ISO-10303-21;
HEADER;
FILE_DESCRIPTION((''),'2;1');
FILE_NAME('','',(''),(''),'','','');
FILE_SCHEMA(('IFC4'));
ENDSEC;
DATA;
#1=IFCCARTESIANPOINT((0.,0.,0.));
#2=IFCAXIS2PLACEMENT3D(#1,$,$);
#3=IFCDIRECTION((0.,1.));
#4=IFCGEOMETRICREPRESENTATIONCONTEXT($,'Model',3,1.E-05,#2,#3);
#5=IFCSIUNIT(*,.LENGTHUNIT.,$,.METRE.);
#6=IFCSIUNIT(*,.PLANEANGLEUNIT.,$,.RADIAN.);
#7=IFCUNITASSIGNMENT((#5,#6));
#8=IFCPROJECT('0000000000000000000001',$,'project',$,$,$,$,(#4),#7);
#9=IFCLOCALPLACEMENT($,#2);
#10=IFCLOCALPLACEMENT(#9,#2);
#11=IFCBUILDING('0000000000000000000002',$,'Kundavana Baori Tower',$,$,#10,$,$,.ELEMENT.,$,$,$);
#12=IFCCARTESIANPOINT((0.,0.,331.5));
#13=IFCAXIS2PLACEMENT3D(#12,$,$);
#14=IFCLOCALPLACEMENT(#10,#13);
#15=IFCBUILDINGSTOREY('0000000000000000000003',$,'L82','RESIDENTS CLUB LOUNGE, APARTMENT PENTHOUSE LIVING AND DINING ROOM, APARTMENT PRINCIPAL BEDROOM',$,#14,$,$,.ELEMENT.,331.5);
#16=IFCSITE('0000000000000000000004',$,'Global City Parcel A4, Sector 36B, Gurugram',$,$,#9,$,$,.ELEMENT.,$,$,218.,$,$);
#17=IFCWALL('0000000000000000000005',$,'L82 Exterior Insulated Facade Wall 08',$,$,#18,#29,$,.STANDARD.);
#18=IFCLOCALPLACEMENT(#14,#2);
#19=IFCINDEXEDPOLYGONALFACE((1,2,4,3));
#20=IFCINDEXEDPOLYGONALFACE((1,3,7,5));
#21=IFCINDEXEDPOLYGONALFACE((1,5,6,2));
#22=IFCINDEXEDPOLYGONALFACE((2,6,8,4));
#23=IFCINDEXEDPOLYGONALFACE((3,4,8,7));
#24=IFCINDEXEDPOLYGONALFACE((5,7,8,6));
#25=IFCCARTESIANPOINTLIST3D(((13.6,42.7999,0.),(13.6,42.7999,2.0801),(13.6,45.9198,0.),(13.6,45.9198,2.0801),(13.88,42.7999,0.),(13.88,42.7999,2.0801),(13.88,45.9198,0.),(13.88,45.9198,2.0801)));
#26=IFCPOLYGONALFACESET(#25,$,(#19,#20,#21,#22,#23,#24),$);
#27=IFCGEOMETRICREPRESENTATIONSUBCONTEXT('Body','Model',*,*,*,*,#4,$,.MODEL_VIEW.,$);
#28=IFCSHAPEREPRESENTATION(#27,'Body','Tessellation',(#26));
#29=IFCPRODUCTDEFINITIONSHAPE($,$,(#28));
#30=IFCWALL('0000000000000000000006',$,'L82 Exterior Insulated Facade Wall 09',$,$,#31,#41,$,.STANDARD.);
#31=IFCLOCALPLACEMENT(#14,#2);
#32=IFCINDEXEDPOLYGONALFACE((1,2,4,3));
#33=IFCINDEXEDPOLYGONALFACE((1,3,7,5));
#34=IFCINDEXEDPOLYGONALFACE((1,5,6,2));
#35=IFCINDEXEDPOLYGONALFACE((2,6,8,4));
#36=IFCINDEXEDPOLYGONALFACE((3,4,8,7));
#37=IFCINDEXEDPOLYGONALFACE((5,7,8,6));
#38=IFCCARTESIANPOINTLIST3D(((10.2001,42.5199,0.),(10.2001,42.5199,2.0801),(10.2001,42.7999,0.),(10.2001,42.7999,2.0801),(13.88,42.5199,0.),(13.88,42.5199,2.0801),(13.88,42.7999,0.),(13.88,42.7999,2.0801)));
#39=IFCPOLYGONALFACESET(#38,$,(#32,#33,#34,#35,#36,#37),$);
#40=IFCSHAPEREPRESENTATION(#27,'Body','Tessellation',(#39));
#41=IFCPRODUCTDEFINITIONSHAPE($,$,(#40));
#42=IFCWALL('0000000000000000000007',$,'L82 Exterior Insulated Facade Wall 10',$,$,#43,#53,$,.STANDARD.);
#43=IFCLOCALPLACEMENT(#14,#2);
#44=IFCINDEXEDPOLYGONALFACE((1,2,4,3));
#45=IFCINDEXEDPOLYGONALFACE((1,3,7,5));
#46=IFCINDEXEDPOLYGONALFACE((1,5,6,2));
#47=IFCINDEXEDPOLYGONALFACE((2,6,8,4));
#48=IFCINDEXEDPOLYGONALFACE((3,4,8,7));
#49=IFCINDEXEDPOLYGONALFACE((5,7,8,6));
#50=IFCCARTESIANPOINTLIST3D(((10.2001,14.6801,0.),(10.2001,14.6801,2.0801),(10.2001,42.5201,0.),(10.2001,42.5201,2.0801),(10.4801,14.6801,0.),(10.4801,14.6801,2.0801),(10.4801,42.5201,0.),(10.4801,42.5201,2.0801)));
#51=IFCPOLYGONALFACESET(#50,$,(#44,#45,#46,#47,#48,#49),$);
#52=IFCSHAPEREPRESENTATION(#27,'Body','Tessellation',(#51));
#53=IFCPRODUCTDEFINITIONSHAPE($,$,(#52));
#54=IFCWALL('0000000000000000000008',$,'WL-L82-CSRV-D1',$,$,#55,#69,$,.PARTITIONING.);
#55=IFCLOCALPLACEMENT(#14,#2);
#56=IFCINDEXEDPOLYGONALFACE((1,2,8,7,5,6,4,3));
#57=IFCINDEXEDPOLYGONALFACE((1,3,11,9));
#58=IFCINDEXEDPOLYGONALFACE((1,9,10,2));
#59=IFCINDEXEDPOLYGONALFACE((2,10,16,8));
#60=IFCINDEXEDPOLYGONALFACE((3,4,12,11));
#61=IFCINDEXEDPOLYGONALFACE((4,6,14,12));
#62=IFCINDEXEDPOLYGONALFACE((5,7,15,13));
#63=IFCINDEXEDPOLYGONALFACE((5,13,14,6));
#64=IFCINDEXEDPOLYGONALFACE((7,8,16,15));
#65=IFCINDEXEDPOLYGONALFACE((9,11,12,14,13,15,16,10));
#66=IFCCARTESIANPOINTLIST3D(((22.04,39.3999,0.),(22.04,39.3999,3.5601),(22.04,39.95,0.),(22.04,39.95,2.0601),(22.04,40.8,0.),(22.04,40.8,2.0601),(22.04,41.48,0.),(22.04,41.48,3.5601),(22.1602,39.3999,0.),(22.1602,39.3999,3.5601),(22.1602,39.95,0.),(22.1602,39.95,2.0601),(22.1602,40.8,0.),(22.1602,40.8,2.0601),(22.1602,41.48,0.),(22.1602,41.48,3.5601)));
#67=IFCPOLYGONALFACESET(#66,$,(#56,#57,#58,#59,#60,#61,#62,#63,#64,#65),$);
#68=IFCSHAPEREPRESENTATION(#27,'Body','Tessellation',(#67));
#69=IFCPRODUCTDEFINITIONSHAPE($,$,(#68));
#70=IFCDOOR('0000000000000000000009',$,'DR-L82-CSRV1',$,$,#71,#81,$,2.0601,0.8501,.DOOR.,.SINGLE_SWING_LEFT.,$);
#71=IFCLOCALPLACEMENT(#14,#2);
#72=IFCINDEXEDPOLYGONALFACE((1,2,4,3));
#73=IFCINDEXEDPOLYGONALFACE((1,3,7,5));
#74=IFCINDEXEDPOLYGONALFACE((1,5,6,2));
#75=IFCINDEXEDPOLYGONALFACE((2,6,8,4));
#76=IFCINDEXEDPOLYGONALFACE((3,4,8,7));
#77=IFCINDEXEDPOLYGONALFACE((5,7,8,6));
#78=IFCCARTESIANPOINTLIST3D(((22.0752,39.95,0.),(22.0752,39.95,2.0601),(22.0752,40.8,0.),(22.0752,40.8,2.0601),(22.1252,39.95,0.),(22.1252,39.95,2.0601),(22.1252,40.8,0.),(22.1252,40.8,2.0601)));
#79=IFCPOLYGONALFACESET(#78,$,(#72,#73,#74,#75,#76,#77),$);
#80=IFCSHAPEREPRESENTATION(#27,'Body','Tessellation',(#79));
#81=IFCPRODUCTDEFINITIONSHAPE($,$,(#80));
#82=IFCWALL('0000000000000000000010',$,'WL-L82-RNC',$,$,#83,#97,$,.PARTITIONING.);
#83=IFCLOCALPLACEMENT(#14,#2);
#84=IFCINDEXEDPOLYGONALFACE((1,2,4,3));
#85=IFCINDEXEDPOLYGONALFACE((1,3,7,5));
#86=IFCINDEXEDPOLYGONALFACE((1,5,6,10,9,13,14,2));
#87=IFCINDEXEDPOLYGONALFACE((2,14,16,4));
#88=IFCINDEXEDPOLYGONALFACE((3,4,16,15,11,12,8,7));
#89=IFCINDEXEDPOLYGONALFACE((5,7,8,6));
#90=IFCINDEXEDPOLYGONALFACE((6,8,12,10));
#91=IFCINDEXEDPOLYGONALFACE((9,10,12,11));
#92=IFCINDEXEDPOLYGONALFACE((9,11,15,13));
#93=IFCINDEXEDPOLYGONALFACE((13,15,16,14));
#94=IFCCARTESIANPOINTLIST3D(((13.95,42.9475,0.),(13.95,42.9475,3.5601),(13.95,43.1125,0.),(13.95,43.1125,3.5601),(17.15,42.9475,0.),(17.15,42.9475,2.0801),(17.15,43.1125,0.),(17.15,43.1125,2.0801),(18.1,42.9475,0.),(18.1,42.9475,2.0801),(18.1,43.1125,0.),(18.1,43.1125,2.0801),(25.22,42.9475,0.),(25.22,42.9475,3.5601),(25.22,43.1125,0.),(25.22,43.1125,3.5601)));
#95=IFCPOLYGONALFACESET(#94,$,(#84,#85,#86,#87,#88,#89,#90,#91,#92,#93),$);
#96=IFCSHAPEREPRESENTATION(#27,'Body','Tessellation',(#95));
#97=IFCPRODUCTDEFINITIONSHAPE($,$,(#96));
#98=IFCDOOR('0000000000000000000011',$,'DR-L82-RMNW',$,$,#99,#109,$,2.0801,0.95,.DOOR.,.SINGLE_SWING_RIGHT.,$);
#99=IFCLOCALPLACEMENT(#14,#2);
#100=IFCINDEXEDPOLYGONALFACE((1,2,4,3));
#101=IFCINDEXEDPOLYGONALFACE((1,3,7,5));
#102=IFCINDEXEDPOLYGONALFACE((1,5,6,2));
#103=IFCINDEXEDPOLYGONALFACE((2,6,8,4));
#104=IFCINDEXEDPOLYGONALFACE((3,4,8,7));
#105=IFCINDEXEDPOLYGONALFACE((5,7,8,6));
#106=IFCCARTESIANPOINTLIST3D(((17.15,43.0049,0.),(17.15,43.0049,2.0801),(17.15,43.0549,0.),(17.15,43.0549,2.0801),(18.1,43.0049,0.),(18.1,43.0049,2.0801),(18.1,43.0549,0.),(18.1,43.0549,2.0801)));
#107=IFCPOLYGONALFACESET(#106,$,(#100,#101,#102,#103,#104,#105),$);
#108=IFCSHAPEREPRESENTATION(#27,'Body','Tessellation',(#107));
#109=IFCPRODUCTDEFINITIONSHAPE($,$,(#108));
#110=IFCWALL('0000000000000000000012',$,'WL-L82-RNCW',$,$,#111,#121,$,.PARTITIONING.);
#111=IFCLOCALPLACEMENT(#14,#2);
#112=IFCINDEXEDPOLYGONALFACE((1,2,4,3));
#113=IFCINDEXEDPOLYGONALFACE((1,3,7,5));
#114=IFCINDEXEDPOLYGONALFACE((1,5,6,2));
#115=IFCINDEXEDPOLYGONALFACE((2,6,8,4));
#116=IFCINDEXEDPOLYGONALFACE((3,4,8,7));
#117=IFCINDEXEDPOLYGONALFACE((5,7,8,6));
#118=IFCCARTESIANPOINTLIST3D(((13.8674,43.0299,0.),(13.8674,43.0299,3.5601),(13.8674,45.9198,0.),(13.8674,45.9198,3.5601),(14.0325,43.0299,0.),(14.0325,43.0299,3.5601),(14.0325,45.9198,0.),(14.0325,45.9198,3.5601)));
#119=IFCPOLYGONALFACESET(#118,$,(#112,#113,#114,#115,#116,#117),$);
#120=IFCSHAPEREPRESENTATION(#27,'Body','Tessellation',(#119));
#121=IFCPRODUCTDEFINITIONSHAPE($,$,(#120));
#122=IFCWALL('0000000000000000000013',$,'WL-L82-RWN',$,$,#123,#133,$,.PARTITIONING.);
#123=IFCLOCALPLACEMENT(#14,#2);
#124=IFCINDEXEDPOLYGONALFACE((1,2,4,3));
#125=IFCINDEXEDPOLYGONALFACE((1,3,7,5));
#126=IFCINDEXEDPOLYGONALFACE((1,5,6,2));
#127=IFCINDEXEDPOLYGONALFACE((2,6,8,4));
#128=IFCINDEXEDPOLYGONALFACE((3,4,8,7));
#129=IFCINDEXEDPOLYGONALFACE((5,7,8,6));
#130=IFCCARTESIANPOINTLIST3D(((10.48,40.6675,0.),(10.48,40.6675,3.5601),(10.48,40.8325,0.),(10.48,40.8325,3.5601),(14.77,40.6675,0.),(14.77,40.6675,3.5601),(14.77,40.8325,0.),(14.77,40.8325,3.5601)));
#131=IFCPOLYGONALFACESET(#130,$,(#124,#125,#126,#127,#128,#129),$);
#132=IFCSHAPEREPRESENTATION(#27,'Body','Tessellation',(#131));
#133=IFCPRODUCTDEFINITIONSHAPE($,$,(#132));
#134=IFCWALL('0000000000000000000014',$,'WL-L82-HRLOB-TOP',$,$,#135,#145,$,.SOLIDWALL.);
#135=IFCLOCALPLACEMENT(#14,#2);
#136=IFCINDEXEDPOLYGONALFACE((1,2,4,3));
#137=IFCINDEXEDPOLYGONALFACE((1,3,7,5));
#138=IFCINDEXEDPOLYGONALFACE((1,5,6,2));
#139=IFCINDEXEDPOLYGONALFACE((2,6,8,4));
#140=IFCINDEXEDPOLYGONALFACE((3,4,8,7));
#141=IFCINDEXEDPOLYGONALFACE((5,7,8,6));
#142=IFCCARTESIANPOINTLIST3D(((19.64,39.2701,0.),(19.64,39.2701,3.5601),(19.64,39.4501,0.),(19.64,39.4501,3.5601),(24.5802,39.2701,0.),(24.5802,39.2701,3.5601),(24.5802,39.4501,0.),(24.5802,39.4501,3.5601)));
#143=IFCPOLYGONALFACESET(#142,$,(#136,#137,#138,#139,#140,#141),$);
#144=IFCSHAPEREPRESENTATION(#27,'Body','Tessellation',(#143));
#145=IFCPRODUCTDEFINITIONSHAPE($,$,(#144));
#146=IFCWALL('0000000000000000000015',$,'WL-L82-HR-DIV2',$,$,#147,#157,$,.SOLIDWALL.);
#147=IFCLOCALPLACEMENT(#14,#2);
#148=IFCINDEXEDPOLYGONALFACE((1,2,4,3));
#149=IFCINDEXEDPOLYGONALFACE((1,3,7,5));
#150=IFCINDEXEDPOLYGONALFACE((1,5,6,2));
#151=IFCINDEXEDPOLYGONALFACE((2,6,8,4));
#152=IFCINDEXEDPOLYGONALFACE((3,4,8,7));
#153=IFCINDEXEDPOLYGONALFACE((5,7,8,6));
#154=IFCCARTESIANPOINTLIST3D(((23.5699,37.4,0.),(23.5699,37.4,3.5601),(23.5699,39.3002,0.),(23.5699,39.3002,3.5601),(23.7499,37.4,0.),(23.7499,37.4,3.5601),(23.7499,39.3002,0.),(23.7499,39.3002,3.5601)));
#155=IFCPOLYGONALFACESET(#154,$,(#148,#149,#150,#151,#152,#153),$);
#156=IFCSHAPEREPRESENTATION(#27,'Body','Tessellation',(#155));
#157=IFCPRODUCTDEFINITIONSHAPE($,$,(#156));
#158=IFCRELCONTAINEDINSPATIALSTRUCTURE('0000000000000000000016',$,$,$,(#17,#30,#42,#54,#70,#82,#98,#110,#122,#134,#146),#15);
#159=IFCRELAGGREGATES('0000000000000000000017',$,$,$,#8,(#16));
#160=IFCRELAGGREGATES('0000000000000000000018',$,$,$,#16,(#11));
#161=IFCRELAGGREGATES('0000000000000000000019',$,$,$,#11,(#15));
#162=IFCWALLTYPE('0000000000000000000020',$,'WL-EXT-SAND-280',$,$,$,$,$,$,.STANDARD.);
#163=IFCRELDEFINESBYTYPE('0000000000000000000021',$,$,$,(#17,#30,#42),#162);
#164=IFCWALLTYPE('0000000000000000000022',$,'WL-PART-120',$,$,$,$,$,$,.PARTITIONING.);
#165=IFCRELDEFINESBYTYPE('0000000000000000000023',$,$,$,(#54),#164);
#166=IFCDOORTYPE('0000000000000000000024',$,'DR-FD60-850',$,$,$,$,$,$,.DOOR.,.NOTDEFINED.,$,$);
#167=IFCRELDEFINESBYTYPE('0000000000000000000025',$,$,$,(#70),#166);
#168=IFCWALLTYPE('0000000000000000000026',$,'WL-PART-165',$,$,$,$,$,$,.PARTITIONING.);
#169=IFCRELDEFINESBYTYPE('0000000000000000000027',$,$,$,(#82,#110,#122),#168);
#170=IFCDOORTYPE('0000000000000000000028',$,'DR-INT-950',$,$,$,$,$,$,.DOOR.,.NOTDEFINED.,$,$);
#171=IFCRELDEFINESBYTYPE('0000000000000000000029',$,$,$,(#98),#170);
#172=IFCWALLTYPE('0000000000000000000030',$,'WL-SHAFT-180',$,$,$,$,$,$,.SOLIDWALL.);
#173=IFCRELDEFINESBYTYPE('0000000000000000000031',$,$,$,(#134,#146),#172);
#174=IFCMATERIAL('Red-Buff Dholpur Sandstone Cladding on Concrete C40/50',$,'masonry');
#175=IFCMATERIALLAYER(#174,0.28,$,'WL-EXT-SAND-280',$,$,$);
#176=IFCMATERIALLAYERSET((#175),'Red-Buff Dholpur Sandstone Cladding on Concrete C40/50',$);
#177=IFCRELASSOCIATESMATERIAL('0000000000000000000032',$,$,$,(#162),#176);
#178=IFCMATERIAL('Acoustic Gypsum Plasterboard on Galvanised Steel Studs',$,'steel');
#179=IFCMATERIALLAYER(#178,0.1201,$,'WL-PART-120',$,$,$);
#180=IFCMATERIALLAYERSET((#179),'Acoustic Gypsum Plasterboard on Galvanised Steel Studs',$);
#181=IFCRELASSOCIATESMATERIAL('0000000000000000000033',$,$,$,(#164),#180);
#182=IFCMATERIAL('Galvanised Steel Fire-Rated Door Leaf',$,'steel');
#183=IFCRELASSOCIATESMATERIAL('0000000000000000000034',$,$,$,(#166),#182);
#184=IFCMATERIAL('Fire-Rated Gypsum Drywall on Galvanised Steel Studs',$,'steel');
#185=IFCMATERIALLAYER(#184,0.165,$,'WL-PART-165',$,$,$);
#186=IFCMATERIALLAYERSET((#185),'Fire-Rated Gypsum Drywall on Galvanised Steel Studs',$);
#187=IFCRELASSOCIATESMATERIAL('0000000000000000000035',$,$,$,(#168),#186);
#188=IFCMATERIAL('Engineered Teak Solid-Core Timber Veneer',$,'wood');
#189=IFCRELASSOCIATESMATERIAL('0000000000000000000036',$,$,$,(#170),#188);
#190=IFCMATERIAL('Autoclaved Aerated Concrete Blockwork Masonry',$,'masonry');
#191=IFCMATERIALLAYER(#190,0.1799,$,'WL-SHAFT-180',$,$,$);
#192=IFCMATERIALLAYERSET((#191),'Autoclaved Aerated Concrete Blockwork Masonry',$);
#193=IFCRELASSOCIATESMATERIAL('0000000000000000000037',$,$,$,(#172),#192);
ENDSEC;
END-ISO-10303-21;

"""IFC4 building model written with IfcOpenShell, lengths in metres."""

from ifc_helpers import new_model, si_unit, direction, frame, frame_2d, origin, place, context, subcontext, project, spatial, rectangle, extrude, material, layer, layer_set, type_object, element, fill, save


model = new_model("IFC4")

# Units and contexts
model_context = context("Model", 3, precision=1e-05, world=origin(), true_north=direction((0.0, 1.0)))
body_context = subcontext(model_context, "Body", "Model", "MODEL_VIEW")
ifc_project = project(units=[si_unit("LENGTHUNIT", "METRE"), si_unit("PLANEANGLEUNIT", "RADIAN")], contexts=[model_context])

# Site, building, storey
site_placement = place(None, origin())
site = spatial("IfcSite", under=ifc_project, at=site_placement, Name="Global City Parcel A4, Sector 36B, Gurugram", CompositionType="ELEMENT", RefElevation=218.0)
building_placement = place(site_placement, origin())
building = spatial("IfcBuilding", under=site, at=building_placement, Name="Kundavana Baori Tower", CompositionType="ELEMENT")
storey_placement = place(building_placement, frame((0.0, 0.0, 331.5)))
storey = spatial("IfcBuildingStorey", under=building, at=storey_placement, Name="L82", Description="RESIDENTS CLUB LOUNGE, APARTMENT PENTHOUSE LIVING AND DINING ROOM, APARTMENT PRINCIPAL BEDROOM", CompositionType="ELEMENT", Elevation=331.5)

# Walls
ifc_material_1 = material(Name="Red-Buff Dholpur Sandstone Cladding on Concrete C40/50", Category="masonry")
ifc_layer_1 = layer(ifc_material_1, 0.28, Name="WL-EXT-SAND-280")
ifc_layer_set_1 = layer_set([ifc_layer_1], Name="Red-Buff Dholpur Sandstone Cladding on Concrete C40/50")
wall_type_1 = type_object("IfcWallType", Name="WL-EXT-SAND-280", PredefinedType="STANDARD", material=ifc_layer_set_1)
wall_1_placement = place(storey_placement, frame((13.74, 45.9199, 0.0), z_axis=(0.0, 0.0, 1.0), x_axis=(0.0, -1.0, 0.0)))
element("IfcWall", 1, at=wall_1_placement, inside=storey, type_object=wall_type_1, Name="L82 Exterior Insulated Facade Wall 08", PredefinedType="STANDARD", context=body_context, shape_type="SweptSolid", body=[
    extrude(rectangle(XDim=3.1199, YDim=0.28, at=frame_2d((1.5601, 0.0))), origin(), (0.0, 0.0, 1.0), 2.0801),
])
wall_2_placement = place(storey_placement, frame((13.8799, 42.6599, 0.0), z_axis=(0.0, 0.0, 1.0), x_axis=(-1.0, 0.0, 0.0)))
element("IfcWall", 2, at=wall_2_placement, inside=storey, type_object=wall_type_1, Name="L82 Exterior Insulated Facade Wall 09", PredefinedType="STANDARD", context=body_context, shape_type="SweptSolid", body=[
    extrude(rectangle(XDim=3.6799, YDim=0.28, at=frame_2d((1.8398, 0.0))), origin(), (0.0, 0.0, 1.0), 2.0801),
])
wall_3_placement = place(storey_placement, frame((10.3401, 42.52, 0.0), z_axis=(0.0, 0.0, 1.0), x_axis=(0.0, -1.0, 0.0)))
element("IfcWall", 3, at=wall_3_placement, inside=storey, type_object=wall_type_1, Name="L82 Exterior Insulated Facade Wall 10", PredefinedType="STANDARD", context=body_context, shape_type="SweptSolid", body=[
    extrude(rectangle(XDim=27.8401, YDim=0.28, at=frame_2d((13.9199, 0.0))), origin(), (0.0, 0.0, 1.0), 2.0801),
])

# Walls, openings, doors
ifc_material_2 = material(Name="Acoustic Gypsum Plasterboard on Galvanised Steel Studs", Category="steel")
ifc_layer_2 = layer(ifc_material_2, 0.1201, Name="WL-PART-120")
ifc_layer_set_2 = layer_set([ifc_layer_2], Name="Acoustic Gypsum Plasterboard on Galvanised Steel Studs")
wall_type_2 = type_object("IfcWallType", Name="WL-PART-120", PredefinedType="PARTITIONING", material=ifc_layer_set_2)
wall_4_placement = place(storey_placement, frame((22.1001, 39.3999, 0.0), z_axis=(0.0, 0.0, 1.0), x_axis=(0.0, 1.0, 0.0)))
wall_4 = element("IfcWall", 4, at=wall_4_placement, inside=storey, type_object=wall_type_2, Name="WL-L82-CSRV-D1", PredefinedType="PARTITIONING", context=body_context, shape_type="SweptSolid", body=[
    extrude(rectangle(XDim=2.0801, YDim=0.1201, at=frame_2d((1.04, 0.0))), origin(), (0.0, 0.0, 1.0), 3.5601),
])
opening_1_placement = place(wall_4_placement, frame((0.55, 0.0, 0.0)))
opening_1 = element("IfcOpeningElement", 5, at=opening_1_placement, cuts=wall_4, PredefinedType="OPENING", context=body_context, shape_type="SweptSolid", body=[
    extrude(rectangle(XDim=0.8501, YDim=2.0601, at=frame_2d((0.425, 1.03))), frame((0.0, 0.0701, 0.0), z_axis=(0.0, -1.0, 0.0), x_axis=(1.0, 0.0, 0.0)), (0.0, 0.0, 1.0), 0.1401),
])
ifc_material_3 = material(Name="Galvanised Steel Fire-Rated Door Leaf", Category="steel")
door_type_1 = type_object("IfcDoorType", Name="DR-FD60-850", OperationType="NOTDEFINED", PredefinedType="DOOR", material=ifc_material_3)
door_1_placement = place(opening_1_placement, origin())
door_1 = element("IfcDoor", 6, at=door_1_placement, inside=storey, type_object=door_type_1, Name="DR-L82-CSRV1", OperationType="SINGLE_SWING_LEFT", OverallHeight=2.0601, OverallWidth=0.8501, PredefinedType="DOOR", context=body_context, shape_type="SweptSolid", body=[
    extrude(rectangle(XDim=0.8501, YDim=2.0601, at=frame_2d((0.425, 1.03))), frame((0.0, 0.0249, 0.0), z_axis=(0.0, -1.0, 0.0), x_axis=(1.0, 0.0, 0.0)), (0.0, 0.0, 1.0), 0.05),
])
fill(opening_1, door_1)
ifc_material_4 = material(Name="Fire-Rated Gypsum Drywall on Galvanised Steel Studs", Category="steel")
ifc_layer_3 = layer(ifc_material_4, 0.165, Name="WL-PART-165")
ifc_layer_set_3 = layer_set([ifc_layer_3], Name="Fire-Rated Gypsum Drywall on Galvanised Steel Studs")
wall_type_3 = type_object("IfcWallType", Name="WL-PART-165", PredefinedType="PARTITIONING", material=ifc_layer_set_3)
wall_5_placement = place(storey_placement, frame((13.95, 43.03, 0.0), z_axis=(0.0, 0.0, 1.0), x_axis=(1.0, 0.0, 0.0)))
wall_5 = element("IfcWall", 7, at=wall_5_placement, inside=storey, type_object=wall_type_3, Name="WL-L82-RNC", PredefinedType="PARTITIONING", context=body_context, shape_type="SweptSolid", body=[
    extrude(rectangle(XDim=11.27, YDim=0.165, at=frame_2d((5.635, 0.0))), origin(), (0.0, 0.0, 1.0), 3.5601),
])
opening_2_placement = place(wall_5_placement, frame((3.2, 0.0, 0.0)))
opening_2 = element("IfcOpeningElement", 8, at=opening_2_placement, cuts=wall_5, PredefinedType="OPENING", context=body_context, shape_type="SweptSolid", body=[
    extrude(rectangle(XDim=0.95, YDim=2.0801, at=frame_2d((0.4751, 1.04))), frame((0.0, 0.0925, 0.0), z_axis=(0.0, -1.0, 0.0), x_axis=(1.0, 0.0, 0.0)), (0.0, 0.0, 1.0), 0.1851),
])
ifc_material_5 = material(Name="Engineered Teak Solid-Core Timber Veneer", Category="wood")
door_type_2 = type_object("IfcDoorType", Name="DR-INT-950", OperationType="NOTDEFINED", PredefinedType="DOOR", material=ifc_material_5)
door_2_placement = place(opening_2_placement, origin())
door_2 = element("IfcDoor", 9, at=door_2_placement, inside=storey, type_object=door_type_2, Name="DR-L82-RMNW", OperationType="SINGLE_SWING_RIGHT", OverallHeight=2.0801, OverallWidth=0.95, PredefinedType="DOOR", context=body_context, shape_type="SweptSolid", body=[
    extrude(rectangle(XDim=0.95, YDim=2.0801, at=frame_2d((0.4751, 1.04))), frame((0.0, 0.0249, 0.0), z_axis=(0.0, -1.0, 0.0), x_axis=(1.0, 0.0, 0.0)), (0.0, 0.0, 1.0), 0.05),
])
fill(opening_2, door_2)

# Walls
wall_6_placement = place(storey_placement, frame((13.95, 43.03, 0.0), z_axis=(0.0, 0.0, 1.0), x_axis=(0.0, 1.0, 0.0)))
element("IfcWall", 10, at=wall_6_placement, inside=storey, type_object=wall_type_3, Name="WL-L82-RNCW", PredefinedType="PARTITIONING", context=body_context, shape_type="SweptSolid", body=[
    extrude(rectangle(XDim=2.8899, YDim=0.165, at=frame_2d((1.4448, 0.0))), origin(), (0.0, 0.0, 1.0), 3.5601),
])
wall_7_placement = place(storey_placement, frame((10.48, 40.75, 0.0), z_axis=(0.0, 0.0, 1.0), x_axis=(1.0, 0.0, 0.0)))
element("IfcWall", 11, at=wall_7_placement, inside=storey, type_object=wall_type_3, Name="WL-L82-RWN", PredefinedType="PARTITIONING", context=body_context, shape_type="SweptSolid", body=[
    extrude(rectangle(XDim=4.29, YDim=0.165, at=frame_2d((2.145, 0.0))), origin(), (0.0, 0.0, 1.0), 3.5601),
])
ifc_material_6 = material(Name="Autoclaved Aerated Concrete Blockwork Masonry", Category="masonry")
ifc_layer_4 = layer(ifc_material_6, 0.1799, Name="WL-SHAFT-180")
ifc_layer_set_4 = layer_set([ifc_layer_4], Name="Autoclaved Aerated Concrete Blockwork Masonry")
wall_type_4 = type_object("IfcWallType", Name="WL-SHAFT-180", PredefinedType="SOLIDWALL", material=ifc_layer_set_4)
wall_8_placement = place(storey_placement, frame((19.6399, 39.3601, 0.0), z_axis=(0.0, 0.0, 1.0), x_axis=(1.0, 0.0, 0.0)))
element("IfcWall", 12, at=wall_8_placement, inside=storey, type_object=wall_type_4, Name="WL-L82-HRLOB-TOP", PredefinedType="SOLIDWALL", context=body_context, shape_type="SweptSolid", body=[
    extrude(rectangle(XDim=4.9402, YDim=0.1799, at=frame_2d((2.4702, 0.0))), origin(), (0.0, 0.0, 1.0), 3.5601),
])
wall_9_placement = place(storey_placement, frame((23.6599, 37.3999, 0.0), z_axis=(0.0, 0.0, 1.0), x_axis=(0.0, 1.0, 0.0)))
element("IfcWall", 13, at=wall_9_placement, inside=storey, type_object=wall_type_4, Name="WL-L82-HR-DIV2", PredefinedType="SOLIDWALL", context=body_context, shape_type="SweptSolid", body=[
    extrude(rectangle(XDim=1.9001, YDim=0.1799, at=frame_2d((0.9502, 0.0))), origin(), (0.0, 0.0, 1.0), 3.5601),
])

save(model, "model.ifc")
